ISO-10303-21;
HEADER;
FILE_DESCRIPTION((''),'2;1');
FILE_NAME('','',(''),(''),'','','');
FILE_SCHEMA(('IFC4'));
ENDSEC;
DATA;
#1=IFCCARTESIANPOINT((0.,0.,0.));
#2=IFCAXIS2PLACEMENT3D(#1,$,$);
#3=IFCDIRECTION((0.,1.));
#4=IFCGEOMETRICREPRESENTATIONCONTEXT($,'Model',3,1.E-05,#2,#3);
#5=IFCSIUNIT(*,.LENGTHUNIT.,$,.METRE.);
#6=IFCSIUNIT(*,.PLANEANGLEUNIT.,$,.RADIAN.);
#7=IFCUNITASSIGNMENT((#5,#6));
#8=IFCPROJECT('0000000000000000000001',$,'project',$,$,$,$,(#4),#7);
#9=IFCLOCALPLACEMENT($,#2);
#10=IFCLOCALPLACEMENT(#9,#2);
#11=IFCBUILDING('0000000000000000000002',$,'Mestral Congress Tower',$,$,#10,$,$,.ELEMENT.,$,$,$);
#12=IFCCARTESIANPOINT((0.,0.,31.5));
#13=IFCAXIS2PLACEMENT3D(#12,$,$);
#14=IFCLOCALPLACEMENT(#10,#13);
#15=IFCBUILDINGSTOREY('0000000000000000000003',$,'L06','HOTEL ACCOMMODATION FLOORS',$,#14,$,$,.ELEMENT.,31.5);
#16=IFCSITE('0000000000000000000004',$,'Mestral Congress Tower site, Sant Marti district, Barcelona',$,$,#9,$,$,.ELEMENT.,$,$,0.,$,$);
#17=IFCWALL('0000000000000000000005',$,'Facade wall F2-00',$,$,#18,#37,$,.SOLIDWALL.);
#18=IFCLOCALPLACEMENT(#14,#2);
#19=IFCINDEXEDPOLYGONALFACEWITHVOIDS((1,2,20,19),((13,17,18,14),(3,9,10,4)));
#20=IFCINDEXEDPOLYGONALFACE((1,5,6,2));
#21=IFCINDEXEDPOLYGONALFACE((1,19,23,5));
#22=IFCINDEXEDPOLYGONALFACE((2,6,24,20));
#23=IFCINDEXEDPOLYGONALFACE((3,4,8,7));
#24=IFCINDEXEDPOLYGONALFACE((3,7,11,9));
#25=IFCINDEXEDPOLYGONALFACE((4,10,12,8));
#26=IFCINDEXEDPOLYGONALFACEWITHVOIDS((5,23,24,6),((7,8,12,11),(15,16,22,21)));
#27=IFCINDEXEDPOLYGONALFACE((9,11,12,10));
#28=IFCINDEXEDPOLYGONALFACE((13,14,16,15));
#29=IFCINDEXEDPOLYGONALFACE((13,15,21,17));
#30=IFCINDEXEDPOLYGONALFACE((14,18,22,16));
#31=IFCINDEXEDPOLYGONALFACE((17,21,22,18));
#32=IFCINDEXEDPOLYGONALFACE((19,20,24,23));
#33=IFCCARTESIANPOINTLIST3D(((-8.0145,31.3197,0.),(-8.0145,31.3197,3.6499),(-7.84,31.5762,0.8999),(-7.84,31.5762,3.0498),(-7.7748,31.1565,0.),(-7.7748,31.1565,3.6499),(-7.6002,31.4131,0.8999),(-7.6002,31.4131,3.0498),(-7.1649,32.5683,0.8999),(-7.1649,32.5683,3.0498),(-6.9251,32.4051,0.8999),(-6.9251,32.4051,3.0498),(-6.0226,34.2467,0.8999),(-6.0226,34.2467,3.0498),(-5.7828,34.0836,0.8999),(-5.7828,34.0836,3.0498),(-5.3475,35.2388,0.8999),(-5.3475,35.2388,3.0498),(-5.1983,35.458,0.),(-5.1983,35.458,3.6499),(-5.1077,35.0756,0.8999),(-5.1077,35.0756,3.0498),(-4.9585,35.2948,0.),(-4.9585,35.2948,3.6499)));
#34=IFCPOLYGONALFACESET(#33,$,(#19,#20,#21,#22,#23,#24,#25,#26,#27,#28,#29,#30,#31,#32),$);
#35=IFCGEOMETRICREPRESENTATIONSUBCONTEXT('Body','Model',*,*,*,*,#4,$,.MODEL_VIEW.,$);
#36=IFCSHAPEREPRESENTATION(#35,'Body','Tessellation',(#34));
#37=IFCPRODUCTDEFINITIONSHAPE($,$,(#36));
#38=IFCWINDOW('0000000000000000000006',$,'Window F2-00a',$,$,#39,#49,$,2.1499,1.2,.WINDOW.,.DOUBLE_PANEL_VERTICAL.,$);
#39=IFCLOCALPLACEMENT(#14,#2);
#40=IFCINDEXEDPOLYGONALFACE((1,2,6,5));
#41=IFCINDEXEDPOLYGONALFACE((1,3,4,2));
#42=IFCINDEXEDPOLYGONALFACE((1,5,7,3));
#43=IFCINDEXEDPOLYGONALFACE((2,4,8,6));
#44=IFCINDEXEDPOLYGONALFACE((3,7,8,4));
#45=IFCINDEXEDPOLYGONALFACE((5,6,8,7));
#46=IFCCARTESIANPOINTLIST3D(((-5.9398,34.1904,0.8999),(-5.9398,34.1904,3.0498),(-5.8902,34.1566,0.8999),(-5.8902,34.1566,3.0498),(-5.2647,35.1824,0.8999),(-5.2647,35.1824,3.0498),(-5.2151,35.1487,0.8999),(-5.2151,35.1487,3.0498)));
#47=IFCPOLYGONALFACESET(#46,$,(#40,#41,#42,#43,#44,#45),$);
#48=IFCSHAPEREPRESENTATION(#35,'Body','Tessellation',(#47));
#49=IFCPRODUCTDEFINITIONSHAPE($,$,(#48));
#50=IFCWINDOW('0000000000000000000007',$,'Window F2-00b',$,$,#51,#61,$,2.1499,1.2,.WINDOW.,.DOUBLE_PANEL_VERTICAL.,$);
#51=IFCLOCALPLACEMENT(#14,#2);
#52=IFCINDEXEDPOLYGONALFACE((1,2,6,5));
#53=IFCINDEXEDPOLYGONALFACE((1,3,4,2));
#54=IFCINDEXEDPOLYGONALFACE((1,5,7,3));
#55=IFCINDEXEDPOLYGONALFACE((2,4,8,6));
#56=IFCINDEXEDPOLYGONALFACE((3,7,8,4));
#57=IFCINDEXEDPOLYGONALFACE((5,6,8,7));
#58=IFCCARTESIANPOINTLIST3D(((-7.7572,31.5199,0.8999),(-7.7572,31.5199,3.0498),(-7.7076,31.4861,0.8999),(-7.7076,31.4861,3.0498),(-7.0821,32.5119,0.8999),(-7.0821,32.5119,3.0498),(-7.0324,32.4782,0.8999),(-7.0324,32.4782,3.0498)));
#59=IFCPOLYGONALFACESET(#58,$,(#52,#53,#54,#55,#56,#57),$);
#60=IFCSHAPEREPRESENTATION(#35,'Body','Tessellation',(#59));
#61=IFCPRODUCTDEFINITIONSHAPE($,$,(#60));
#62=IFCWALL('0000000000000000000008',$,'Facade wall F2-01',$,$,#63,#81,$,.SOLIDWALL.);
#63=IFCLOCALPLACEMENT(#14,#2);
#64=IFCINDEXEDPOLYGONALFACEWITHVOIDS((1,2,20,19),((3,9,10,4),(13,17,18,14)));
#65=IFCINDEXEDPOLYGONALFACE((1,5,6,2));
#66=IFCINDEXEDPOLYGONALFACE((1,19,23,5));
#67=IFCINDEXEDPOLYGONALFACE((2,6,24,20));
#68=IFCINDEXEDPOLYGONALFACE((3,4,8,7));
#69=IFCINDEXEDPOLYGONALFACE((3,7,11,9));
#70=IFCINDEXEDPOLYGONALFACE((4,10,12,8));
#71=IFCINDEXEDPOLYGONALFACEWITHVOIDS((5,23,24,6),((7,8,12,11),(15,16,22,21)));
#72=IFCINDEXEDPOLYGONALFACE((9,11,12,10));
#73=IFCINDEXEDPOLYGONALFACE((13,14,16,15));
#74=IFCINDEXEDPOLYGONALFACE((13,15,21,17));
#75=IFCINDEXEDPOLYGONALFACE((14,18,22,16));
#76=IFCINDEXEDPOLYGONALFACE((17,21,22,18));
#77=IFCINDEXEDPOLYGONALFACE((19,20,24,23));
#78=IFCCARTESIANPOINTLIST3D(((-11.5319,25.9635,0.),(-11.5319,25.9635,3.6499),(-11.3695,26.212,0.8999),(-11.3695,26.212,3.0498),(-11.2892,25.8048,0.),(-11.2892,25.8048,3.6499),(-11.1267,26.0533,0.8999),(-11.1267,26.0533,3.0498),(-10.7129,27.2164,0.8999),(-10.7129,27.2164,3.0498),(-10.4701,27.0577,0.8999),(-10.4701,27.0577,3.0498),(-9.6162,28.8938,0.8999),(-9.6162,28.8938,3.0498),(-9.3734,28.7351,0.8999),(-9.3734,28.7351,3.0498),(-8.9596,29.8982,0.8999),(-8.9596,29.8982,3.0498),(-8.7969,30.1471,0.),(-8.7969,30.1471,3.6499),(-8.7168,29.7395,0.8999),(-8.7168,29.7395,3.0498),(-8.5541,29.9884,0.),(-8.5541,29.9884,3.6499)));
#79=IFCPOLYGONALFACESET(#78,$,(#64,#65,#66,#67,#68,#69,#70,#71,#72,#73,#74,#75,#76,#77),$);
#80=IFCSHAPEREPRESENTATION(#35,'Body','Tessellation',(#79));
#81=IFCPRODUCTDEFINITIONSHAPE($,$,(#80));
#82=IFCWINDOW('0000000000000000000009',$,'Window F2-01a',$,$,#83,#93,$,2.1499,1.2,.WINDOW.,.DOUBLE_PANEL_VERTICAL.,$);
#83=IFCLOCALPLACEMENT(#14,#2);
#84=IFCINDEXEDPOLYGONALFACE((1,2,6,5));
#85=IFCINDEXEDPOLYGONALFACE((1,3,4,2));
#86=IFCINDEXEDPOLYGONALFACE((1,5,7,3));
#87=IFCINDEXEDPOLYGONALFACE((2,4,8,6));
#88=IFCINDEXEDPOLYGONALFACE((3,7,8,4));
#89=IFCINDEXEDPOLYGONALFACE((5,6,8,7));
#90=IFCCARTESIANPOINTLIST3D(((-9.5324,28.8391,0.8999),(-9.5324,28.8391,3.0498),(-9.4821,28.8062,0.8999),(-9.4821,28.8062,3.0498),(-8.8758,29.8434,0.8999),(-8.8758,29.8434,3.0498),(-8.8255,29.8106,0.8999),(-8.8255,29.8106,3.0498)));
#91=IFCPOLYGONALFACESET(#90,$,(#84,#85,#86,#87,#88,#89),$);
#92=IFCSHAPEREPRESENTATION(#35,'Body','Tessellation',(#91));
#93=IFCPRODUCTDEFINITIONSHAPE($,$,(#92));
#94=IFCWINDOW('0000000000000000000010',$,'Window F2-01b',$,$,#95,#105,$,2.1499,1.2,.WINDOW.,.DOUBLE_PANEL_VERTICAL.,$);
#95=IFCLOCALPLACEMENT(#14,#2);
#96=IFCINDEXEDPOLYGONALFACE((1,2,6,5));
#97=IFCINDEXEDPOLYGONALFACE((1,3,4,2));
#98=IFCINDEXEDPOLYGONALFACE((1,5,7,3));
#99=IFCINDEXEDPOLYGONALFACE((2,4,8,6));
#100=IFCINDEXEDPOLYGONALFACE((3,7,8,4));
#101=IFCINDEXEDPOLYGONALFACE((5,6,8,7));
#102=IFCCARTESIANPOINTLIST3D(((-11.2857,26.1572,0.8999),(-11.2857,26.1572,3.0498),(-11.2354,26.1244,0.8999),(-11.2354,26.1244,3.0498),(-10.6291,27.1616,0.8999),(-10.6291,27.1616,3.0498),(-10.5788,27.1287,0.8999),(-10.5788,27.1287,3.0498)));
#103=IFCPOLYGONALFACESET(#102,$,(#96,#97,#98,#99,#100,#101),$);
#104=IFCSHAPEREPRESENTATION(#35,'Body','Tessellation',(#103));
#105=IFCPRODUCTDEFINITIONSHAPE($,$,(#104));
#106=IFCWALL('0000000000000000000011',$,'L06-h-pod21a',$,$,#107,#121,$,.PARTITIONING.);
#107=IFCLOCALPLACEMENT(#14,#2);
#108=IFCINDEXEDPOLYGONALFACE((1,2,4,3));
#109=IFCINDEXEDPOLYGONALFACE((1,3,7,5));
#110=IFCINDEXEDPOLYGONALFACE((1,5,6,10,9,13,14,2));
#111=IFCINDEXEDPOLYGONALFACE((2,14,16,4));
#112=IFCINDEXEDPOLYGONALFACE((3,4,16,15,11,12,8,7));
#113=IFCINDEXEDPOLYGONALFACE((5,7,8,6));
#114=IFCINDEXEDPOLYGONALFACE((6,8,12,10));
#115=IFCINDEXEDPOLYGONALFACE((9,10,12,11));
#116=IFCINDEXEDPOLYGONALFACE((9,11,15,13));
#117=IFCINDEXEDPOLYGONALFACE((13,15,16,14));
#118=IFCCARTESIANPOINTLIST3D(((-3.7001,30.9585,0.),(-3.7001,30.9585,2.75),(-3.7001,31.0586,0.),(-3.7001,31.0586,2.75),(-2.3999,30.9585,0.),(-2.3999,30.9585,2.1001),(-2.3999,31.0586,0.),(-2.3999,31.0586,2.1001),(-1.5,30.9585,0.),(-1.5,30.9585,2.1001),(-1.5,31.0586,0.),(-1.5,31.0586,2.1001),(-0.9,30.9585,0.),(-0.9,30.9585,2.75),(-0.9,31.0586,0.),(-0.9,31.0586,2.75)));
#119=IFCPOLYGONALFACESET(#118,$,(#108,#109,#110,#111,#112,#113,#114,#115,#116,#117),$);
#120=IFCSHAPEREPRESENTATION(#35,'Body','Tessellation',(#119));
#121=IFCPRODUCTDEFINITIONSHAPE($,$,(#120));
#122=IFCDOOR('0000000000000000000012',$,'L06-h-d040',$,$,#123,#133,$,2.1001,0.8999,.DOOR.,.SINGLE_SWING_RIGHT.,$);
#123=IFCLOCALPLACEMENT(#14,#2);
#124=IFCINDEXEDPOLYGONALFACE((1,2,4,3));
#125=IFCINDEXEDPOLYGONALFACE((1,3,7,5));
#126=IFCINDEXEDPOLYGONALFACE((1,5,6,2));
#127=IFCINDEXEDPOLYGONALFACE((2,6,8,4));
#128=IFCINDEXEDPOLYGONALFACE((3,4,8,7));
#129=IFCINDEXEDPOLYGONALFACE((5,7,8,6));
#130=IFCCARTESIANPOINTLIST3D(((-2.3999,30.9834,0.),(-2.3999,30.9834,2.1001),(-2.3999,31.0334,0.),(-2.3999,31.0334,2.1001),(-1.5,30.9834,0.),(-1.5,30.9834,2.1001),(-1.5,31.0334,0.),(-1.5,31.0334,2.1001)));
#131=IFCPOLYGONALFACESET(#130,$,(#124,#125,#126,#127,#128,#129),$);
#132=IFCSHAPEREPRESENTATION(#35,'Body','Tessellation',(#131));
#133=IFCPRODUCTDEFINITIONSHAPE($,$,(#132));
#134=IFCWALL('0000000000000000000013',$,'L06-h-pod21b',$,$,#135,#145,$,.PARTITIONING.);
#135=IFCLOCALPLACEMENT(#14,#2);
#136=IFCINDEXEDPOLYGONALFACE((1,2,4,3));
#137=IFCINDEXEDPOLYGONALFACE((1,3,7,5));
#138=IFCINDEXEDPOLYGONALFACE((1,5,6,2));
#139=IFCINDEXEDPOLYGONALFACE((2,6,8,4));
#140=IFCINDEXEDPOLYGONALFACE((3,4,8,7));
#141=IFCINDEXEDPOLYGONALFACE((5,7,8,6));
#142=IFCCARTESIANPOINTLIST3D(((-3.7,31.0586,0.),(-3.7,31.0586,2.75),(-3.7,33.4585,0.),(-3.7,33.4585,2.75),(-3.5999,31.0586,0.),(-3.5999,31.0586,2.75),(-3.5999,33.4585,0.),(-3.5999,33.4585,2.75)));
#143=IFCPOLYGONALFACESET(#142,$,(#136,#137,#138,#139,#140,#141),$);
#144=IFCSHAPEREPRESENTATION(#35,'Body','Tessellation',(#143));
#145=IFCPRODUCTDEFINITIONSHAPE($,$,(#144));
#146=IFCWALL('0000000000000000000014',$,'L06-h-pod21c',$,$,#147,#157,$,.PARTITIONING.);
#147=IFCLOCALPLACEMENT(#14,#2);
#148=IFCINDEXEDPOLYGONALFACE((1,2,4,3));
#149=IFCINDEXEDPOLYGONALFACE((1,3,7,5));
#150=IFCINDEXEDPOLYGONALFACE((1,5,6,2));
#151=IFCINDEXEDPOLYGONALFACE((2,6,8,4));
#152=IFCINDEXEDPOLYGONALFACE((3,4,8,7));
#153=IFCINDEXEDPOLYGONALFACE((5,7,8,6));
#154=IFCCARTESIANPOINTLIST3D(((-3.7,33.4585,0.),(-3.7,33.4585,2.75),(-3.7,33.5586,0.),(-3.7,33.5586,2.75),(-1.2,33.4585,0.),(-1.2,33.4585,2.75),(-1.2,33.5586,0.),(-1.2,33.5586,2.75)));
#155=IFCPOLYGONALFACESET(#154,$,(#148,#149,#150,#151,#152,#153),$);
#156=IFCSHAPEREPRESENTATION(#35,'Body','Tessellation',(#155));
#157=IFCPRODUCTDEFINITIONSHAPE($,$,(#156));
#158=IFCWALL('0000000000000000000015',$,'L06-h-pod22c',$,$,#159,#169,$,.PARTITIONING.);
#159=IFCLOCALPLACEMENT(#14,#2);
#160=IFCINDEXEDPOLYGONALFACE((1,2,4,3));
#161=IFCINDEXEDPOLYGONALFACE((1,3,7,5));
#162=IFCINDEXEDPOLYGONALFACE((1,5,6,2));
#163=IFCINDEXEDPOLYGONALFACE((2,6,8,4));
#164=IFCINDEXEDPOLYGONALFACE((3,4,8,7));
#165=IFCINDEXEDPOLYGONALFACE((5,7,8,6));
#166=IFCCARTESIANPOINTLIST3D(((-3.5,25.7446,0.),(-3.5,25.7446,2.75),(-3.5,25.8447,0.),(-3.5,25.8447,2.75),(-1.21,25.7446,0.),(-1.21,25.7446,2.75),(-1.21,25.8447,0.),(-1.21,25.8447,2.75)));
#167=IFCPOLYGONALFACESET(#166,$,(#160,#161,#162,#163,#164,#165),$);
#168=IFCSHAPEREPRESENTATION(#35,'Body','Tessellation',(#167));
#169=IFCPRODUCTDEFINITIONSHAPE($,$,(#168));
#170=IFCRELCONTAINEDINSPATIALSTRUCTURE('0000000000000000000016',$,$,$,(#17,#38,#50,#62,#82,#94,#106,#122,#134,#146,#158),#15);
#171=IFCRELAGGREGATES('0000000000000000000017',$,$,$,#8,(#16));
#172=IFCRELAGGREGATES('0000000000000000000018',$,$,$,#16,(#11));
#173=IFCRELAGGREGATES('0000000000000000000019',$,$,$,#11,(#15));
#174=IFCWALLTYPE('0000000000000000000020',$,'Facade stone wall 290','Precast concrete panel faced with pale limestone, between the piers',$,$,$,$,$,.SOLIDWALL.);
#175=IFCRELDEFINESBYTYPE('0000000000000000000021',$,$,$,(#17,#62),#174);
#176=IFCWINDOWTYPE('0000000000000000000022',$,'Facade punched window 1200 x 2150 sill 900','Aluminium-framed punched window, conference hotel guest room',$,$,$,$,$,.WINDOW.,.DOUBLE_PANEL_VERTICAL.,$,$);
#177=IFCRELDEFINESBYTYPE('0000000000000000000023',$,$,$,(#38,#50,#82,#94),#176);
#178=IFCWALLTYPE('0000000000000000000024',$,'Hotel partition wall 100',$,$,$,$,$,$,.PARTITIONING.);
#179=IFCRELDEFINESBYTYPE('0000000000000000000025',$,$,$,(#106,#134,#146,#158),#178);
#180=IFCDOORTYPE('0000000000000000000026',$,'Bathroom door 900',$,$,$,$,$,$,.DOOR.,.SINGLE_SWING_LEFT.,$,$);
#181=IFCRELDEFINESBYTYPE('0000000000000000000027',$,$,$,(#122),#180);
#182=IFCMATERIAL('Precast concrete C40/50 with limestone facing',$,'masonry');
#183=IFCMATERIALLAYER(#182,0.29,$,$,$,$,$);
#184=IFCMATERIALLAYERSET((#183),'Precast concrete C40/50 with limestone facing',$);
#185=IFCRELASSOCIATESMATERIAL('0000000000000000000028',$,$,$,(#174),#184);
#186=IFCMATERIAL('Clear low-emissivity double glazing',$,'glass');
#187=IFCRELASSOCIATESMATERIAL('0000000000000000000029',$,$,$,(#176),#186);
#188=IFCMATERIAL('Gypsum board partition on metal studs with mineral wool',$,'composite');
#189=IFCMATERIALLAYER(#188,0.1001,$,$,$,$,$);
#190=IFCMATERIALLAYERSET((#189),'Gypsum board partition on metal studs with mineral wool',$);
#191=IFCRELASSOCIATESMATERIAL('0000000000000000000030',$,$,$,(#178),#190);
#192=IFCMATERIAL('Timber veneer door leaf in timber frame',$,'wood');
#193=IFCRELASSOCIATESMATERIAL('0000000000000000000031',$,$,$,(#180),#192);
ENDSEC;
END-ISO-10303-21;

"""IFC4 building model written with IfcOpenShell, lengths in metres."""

from ifc_helpers import new_model, si_unit, direction, frame, frame_2d, origin, place, context, subcontext, project, spatial, rectangle, extrude, material, layer, layer_set, type_object, element, fill, save


model = new_model("IFC4")

# Units and contexts
model_context = context("Model", 3, precision=1e-05, world=origin(), true_north=direction((0.0, 1.0)))
body_context = subcontext(model_context, "Body", "Model", "MODEL_VIEW")
ifc_project = project(units=[si_unit("LENGTHUNIT", "METRE"), si_unit("PLANEANGLEUNIT", "RADIAN")], contexts=[model_context])

# Site, building, storey
site_placement = place(None, origin())
site = spatial("IfcSite", under=ifc_project, at=site_placement, Name="Mestral Congress Tower site, Sant Marti district, Barcelona", CompositionType="ELEMENT", RefElevation=0.0)
building_placement = place(site_placement, origin())
building = spatial("IfcBuilding", under=site, at=building_placement, Name="Mestral Congress Tower", CompositionType="ELEMENT")
storey_placement = place(building_placement, frame((0.0, 0.0, 31.5)))
storey = spatial("IfcBuildingStorey", under=building, at=storey_placement, Name="L06", Description="HOTEL ACCOMMODATION FLOORS", CompositionType="ELEMENT", Elevation=31.5)

# Shared definitions
ifc_material_1 = material(Name="Precast concrete C40/50 with limestone facing", Category="masonry")
ifc_layer_1 = layer(ifc_material_1, 0.29)
ifc_layer_set_1 = layer_set([ifc_layer_1], Name="Precast concrete C40/50 with limestone facing")
wall_type_1 = type_object("IfcWallType", Name="Facade stone wall 290", Description="Precast concrete panel faced with pale limestone, between the piers", PredefinedType="SOLIDWALL", material=ifc_layer_set_1)
ifc_material_2 = material(Name="Clear low-emissivity double glazing", Category="glass")

# Walls, openings, windows
wall_1_placement = place(storey_placement, frame((-5.0784, 35.3765, 0.0), z_axis=(0.0, 0.0, 1.0), x_axis=(-0.56261, -0.826722, 0.0)))
wall_1 = element("IfcWall", 1, at=wall_1_placement, inside=storey, type_object=wall_type_1, Name="Facade wall F2-00", PredefinedType="SOLIDWALL", context=body_context, shape_type="SweptSolid", body=[
    extrude(rectangle(XDim=5.0056, YDim=0.29, at=frame_2d((2.5029, 0.0))), origin(), (0.0, 0.0, 1.0), 3.6499),
])
opening_1_placement = place(wall_1_placement, frame((0.2651, 0.0, 0.8999)))
opening_1 = element("IfcOpeningElement", 2, at=opening_1_placement, cuts=wall_1, PredefinedType="OPENING", context=body_context, shape_type="SweptSolid", body=[
    extrude(rectangle(XDim=1.2, YDim=2.1499, at=frame_2d((0.6001, 1.075))), frame((0.0, 0.155, 0.0), z_axis=(0.0, -1.0, 0.0), x_axis=(1.0, 0.0, 0.0)), (0.0, 0.0, 1.0), 0.3101),
])
opening_2_placement = place(wall_1_placement, frame((3.4954, 0.0, 0.8999)))
opening_2 = element("IfcOpeningElement", 3, at=opening_2_placement, cuts=wall_1, PredefinedType="OPENING", context=body_context, shape_type="SweptSolid", body=[
    extrude(rectangle(XDim=1.2, YDim=2.1499, at=frame_2d((0.6001, 1.075))), frame((0.0, 0.155, 0.0), z_axis=(0.0, -1.0, 0.0), x_axis=(1.0, 0.0, 0.0)), (0.0, 0.0, 1.0), 0.3101),
])
window_type_1 = type_object("IfcWindowType", Name="Facade punched window 1200 x 2150 sill 900", Description="Aluminium-framed punched window, conference hotel guest room", PartitioningType="DOUBLE_PANEL_VERTICAL", PredefinedType="WINDOW", material=ifc_material_2)
window_1_placement = place(opening_1_placement, origin())
window_1 = element("IfcWindow", 4, at=window_1_placement, inside=storey, type_object=window_type_1, Name="Window F2-00a", OverallHeight=2.1499, OverallWidth=1.2, PartitioningType="DOUBLE_PANEL_VERTICAL", PredefinedType="WINDOW", context=body_context, shape_type="SweptSolid", body=[
    extrude(rectangle(XDim=1.2, YDim=2.1499, at=frame_2d((0.6001, 1.075))), frame((0.0, 0.0151, 0.0), z_axis=(0.0, -1.0, 0.0), x_axis=(1.0, 0.0, 0.0)), (0.0, 0.0, 1.0), 0.0601),
])
fill(opening_1, window_1)
window_2_placement = place(opening_2_placement, origin())
window_2 = element("IfcWindow", 5, at=window_2_placement, inside=storey, type_object=window_type_1, Name="Window F2-00b", OverallHeight=2.1499, OverallWidth=1.2, PartitioningType="DOUBLE_PANEL_VERTICAL", PredefinedType="WINDOW", context=body_context, shape_type="SweptSolid", body=[
    extrude(rectangle(XDim=1.2, YDim=2.1499, at=frame_2d((0.6001, 1.075))), frame((0.0, 0.0151, 0.0), z_axis=(0.0, -1.0, 0.0), x_axis=(1.0, 0.0, 0.0)), (0.0, 0.0, 1.0), 0.0601),
])
fill(opening_2, window_2)
wall_2_placement = place(storey_placement, frame((-8.6755, 30.0676, 0.0), z_axis=(0.0, 0.0, 1.0), x_axis=(-0.547205, -0.836999, 0.0)))
wall_2 = element("IfcWall", 6, at=wall_2_placement, inside=storey, type_object=wall_type_1, Name="Facade wall F2-01", PredefinedType="SOLIDWALL", context=body_context, shape_type="SweptSolid", body=[
    extrude(rectangle(XDim=4.9983, YDim=0.29, at=frame_2d((2.499, 0.0))), origin(), (0.0, 0.0, 1.0), 3.6499),
])
opening_3_placement = place(wall_2_placement, frame((0.2971, 0.0, 0.8999)))
opening_3 = element("IfcOpeningElement", 7, at=opening_3_placement, cuts=wall_2, PredefinedType="OPENING", context=body_context, shape_type="SweptSolid", body=[
    extrude(rectangle(XDim=1.2, YDim=2.1499, at=frame_2d((0.6001, 1.075))), frame((0.0, 0.155, 0.0), z_axis=(0.0, -1.0, 0.0), x_axis=(1.0, 0.0, 0.0)), (0.0, 0.0, 1.0), 0.3101),
])
opening_4_placement = place(wall_2_placement, frame((3.5012, 0.0, 0.8999)))
opening_4 = element("IfcOpeningElement", 8, at=opening_4_placement, cuts=wall_2, PredefinedType="OPENING", context=body_context, shape_type="SweptSolid", body=[
    extrude(rectangle(XDim=1.2, YDim=2.1499, at=frame_2d((0.6001, 1.075))), frame((0.0, 0.155, 0.0), z_axis=(0.0, -1.0, 0.0), x_axis=(1.0, 0.0, 0.0)), (0.0, 0.0, 1.0), 0.3101),
])
window_3_placement = place(opening_3_placement, origin())
window_3 = element("IfcWindow", 9, at=window_3_placement, inside=storey, type_object=window_type_1, Name="Window F2-01a", OverallHeight=2.1499, OverallWidth=1.2, PartitioningType="DOUBLE_PANEL_VERTICAL", PredefinedType="WINDOW", context=body_context, shape_type="SweptSolid", body=[
    extrude(rectangle(XDim=1.2, YDim=2.1499, at=frame_2d((0.6001, 1.075))), frame((0.0, 0.0151, 0.0), z_axis=(0.0, -1.0, 0.0), x_axis=(1.0, 0.0, 0.0)), (0.0, 0.0, 1.0), 0.0601),
])
fill(opening_3, window_3)
window_4_placement = place(opening_4_placement, origin())
window_4 = element("IfcWindow", 10, at=window_4_placement, inside=storey, type_object=window_type_1, Name="Window F2-01b", OverallHeight=2.1499, OverallWidth=1.2, PartitioningType="DOUBLE_PANEL_VERTICAL", PredefinedType="WINDOW", context=body_context, shape_type="SweptSolid", body=[
    extrude(rectangle(XDim=1.2, YDim=2.1499, at=frame_2d((0.6001, 1.075))), frame((0.0, 0.0151, 0.0), z_axis=(0.0, -1.0, 0.0), x_axis=(1.0, 0.0, 0.0)), (0.0, 0.0, 1.0), 0.0601),
])
fill(opening_4, window_4)

# Wall, opening, door
ifc_material_3 = material(Name="Gypsum board partition on metal studs with mineral wool", Category="composite")
ifc_layer_2 = layer(ifc_material_3, 0.1001)
ifc_layer_set_2 = layer_set([ifc_layer_2], Name="Gypsum board partition on metal studs with mineral wool")
wall_type_2 = type_object("IfcWallType", Name="Hotel partition wall 100", PredefinedType="PARTITIONING", material=ifc_layer_set_2)
wall_3_placement = place(storey_placement, frame((-3.7, 31.0085, 0.0), z_axis=(0.0, 0.0, 1.0), x_axis=(1.0, 0.0, 0.0)))
wall_3 = element("IfcWall", 11, at=wall_3_placement, inside=storey, type_object=wall_type_2, Name="L06-h-pod21a", PredefinedType="PARTITIONING", context=body_context, shape_type="SweptSolid", body=[
    extrude(rectangle(XDim=2.8, YDim=0.1001, at=frame_2d((1.3999, 0.0))), origin(), (0.0, 0.0, 1.0), 2.75),
])
opening_5_placement = place(wall_3_placement, frame((1.3, 0.0, 0.0)))
opening_5 = element("IfcOpeningElement", 12, at=opening_5_placement, cuts=wall_3, PredefinedType="OPENING", context=body_context, shape_type="SweptSolid", body=[
    extrude(rectangle(XDim=0.8999, YDim=2.1001, at=frame_2d((0.45, 1.05))), frame((0.0, 0.0601, 0.0), z_axis=(0.0, -1.0, 0.0), x_axis=(1.0, 0.0, 0.0)), (0.0, 0.0, 1.0), 0.1201),
])
ifc_material_4 = material(Name="Timber veneer door leaf in timber frame", Category="wood")
door_type = type_object("IfcDoorType", Name="Bathroom door 900", OperationType="SINGLE_SWING_LEFT", PredefinedType="DOOR", material=ifc_material_4)
door_placement = place(opening_5_placement, origin())
door = element("IfcDoor", 13, at=door_placement, inside=storey, type_object=door_type, Name="L06-h-d040", OperationType="SINGLE_SWING_RIGHT", OverallHeight=2.1001, OverallWidth=0.8999, PredefinedType="DOOR", context=body_context, shape_type="SweptSolid", body=[
    extrude(rectangle(XDim=0.8999, YDim=2.1001, at=frame_2d((0.45, 1.05))), frame((0.0, 0.0249, 0.0), z_axis=(0.0, -1.0, 0.0), x_axis=(1.0, 0.0, 0.0)), (0.0, 0.0, 1.0), 0.05),
])
fill(opening_5, door)

# Walls
wall_4_placement = place(storey_placement, frame((-3.6499, 31.0586, 0.0), z_axis=(0.0, 0.0, 1.0), x_axis=(0.0, 1.0, 0.0)))
element("IfcWall", 14, at=wall_4_placement, inside=storey, type_object=wall_type_2, Name="L06-h-pod21b", PredefinedType="PARTITIONING", context=body_context, shape_type="SweptSolid", body=[
    extrude(rectangle(XDim=2.3999, YDim=0.1001, at=frame_2d((1.2, 0.0))), origin(), (0.0, 0.0, 1.0), 2.75),
])
wall_5_placement = place(storey_placement, frame((-1.2, 33.5085, 0.0), z_axis=(0.0, 0.0, 1.0), x_axis=(-1.0, 0.0, 0.0)))
element("IfcWall", 15, at=wall_5_placement, inside=storey, type_object=wall_type_2, Name="L06-h-pod21c", PredefinedType="PARTITIONING", context=body_context, shape_type="SweptSolid", body=[
    extrude(rectangle(XDim=2.5, YDim=0.1001, at=frame_2d((1.25, 0.0))), origin(), (0.0, 0.0, 1.0), 2.75),
])
wall_6_placement = place(storey_placement, frame((-1.21, 25.7947, 0.0), z_axis=(0.0, 0.0, 1.0), x_axis=(-1.0, 0.0, 0.0)))
element("IfcWall", 16, at=wall_6_placement, inside=storey, type_object=wall_type_2, Name="L06-h-pod22c", PredefinedType="PARTITIONING", context=body_context, shape_type="SweptSolid", body=[
    extrude(rectangle(XDim=2.29, YDim=0.1001, at=frame_2d((1.145, 0.0))), origin(), (0.0, 0.0, 1.0), 2.75),
])

save(model, "model.ifc")
